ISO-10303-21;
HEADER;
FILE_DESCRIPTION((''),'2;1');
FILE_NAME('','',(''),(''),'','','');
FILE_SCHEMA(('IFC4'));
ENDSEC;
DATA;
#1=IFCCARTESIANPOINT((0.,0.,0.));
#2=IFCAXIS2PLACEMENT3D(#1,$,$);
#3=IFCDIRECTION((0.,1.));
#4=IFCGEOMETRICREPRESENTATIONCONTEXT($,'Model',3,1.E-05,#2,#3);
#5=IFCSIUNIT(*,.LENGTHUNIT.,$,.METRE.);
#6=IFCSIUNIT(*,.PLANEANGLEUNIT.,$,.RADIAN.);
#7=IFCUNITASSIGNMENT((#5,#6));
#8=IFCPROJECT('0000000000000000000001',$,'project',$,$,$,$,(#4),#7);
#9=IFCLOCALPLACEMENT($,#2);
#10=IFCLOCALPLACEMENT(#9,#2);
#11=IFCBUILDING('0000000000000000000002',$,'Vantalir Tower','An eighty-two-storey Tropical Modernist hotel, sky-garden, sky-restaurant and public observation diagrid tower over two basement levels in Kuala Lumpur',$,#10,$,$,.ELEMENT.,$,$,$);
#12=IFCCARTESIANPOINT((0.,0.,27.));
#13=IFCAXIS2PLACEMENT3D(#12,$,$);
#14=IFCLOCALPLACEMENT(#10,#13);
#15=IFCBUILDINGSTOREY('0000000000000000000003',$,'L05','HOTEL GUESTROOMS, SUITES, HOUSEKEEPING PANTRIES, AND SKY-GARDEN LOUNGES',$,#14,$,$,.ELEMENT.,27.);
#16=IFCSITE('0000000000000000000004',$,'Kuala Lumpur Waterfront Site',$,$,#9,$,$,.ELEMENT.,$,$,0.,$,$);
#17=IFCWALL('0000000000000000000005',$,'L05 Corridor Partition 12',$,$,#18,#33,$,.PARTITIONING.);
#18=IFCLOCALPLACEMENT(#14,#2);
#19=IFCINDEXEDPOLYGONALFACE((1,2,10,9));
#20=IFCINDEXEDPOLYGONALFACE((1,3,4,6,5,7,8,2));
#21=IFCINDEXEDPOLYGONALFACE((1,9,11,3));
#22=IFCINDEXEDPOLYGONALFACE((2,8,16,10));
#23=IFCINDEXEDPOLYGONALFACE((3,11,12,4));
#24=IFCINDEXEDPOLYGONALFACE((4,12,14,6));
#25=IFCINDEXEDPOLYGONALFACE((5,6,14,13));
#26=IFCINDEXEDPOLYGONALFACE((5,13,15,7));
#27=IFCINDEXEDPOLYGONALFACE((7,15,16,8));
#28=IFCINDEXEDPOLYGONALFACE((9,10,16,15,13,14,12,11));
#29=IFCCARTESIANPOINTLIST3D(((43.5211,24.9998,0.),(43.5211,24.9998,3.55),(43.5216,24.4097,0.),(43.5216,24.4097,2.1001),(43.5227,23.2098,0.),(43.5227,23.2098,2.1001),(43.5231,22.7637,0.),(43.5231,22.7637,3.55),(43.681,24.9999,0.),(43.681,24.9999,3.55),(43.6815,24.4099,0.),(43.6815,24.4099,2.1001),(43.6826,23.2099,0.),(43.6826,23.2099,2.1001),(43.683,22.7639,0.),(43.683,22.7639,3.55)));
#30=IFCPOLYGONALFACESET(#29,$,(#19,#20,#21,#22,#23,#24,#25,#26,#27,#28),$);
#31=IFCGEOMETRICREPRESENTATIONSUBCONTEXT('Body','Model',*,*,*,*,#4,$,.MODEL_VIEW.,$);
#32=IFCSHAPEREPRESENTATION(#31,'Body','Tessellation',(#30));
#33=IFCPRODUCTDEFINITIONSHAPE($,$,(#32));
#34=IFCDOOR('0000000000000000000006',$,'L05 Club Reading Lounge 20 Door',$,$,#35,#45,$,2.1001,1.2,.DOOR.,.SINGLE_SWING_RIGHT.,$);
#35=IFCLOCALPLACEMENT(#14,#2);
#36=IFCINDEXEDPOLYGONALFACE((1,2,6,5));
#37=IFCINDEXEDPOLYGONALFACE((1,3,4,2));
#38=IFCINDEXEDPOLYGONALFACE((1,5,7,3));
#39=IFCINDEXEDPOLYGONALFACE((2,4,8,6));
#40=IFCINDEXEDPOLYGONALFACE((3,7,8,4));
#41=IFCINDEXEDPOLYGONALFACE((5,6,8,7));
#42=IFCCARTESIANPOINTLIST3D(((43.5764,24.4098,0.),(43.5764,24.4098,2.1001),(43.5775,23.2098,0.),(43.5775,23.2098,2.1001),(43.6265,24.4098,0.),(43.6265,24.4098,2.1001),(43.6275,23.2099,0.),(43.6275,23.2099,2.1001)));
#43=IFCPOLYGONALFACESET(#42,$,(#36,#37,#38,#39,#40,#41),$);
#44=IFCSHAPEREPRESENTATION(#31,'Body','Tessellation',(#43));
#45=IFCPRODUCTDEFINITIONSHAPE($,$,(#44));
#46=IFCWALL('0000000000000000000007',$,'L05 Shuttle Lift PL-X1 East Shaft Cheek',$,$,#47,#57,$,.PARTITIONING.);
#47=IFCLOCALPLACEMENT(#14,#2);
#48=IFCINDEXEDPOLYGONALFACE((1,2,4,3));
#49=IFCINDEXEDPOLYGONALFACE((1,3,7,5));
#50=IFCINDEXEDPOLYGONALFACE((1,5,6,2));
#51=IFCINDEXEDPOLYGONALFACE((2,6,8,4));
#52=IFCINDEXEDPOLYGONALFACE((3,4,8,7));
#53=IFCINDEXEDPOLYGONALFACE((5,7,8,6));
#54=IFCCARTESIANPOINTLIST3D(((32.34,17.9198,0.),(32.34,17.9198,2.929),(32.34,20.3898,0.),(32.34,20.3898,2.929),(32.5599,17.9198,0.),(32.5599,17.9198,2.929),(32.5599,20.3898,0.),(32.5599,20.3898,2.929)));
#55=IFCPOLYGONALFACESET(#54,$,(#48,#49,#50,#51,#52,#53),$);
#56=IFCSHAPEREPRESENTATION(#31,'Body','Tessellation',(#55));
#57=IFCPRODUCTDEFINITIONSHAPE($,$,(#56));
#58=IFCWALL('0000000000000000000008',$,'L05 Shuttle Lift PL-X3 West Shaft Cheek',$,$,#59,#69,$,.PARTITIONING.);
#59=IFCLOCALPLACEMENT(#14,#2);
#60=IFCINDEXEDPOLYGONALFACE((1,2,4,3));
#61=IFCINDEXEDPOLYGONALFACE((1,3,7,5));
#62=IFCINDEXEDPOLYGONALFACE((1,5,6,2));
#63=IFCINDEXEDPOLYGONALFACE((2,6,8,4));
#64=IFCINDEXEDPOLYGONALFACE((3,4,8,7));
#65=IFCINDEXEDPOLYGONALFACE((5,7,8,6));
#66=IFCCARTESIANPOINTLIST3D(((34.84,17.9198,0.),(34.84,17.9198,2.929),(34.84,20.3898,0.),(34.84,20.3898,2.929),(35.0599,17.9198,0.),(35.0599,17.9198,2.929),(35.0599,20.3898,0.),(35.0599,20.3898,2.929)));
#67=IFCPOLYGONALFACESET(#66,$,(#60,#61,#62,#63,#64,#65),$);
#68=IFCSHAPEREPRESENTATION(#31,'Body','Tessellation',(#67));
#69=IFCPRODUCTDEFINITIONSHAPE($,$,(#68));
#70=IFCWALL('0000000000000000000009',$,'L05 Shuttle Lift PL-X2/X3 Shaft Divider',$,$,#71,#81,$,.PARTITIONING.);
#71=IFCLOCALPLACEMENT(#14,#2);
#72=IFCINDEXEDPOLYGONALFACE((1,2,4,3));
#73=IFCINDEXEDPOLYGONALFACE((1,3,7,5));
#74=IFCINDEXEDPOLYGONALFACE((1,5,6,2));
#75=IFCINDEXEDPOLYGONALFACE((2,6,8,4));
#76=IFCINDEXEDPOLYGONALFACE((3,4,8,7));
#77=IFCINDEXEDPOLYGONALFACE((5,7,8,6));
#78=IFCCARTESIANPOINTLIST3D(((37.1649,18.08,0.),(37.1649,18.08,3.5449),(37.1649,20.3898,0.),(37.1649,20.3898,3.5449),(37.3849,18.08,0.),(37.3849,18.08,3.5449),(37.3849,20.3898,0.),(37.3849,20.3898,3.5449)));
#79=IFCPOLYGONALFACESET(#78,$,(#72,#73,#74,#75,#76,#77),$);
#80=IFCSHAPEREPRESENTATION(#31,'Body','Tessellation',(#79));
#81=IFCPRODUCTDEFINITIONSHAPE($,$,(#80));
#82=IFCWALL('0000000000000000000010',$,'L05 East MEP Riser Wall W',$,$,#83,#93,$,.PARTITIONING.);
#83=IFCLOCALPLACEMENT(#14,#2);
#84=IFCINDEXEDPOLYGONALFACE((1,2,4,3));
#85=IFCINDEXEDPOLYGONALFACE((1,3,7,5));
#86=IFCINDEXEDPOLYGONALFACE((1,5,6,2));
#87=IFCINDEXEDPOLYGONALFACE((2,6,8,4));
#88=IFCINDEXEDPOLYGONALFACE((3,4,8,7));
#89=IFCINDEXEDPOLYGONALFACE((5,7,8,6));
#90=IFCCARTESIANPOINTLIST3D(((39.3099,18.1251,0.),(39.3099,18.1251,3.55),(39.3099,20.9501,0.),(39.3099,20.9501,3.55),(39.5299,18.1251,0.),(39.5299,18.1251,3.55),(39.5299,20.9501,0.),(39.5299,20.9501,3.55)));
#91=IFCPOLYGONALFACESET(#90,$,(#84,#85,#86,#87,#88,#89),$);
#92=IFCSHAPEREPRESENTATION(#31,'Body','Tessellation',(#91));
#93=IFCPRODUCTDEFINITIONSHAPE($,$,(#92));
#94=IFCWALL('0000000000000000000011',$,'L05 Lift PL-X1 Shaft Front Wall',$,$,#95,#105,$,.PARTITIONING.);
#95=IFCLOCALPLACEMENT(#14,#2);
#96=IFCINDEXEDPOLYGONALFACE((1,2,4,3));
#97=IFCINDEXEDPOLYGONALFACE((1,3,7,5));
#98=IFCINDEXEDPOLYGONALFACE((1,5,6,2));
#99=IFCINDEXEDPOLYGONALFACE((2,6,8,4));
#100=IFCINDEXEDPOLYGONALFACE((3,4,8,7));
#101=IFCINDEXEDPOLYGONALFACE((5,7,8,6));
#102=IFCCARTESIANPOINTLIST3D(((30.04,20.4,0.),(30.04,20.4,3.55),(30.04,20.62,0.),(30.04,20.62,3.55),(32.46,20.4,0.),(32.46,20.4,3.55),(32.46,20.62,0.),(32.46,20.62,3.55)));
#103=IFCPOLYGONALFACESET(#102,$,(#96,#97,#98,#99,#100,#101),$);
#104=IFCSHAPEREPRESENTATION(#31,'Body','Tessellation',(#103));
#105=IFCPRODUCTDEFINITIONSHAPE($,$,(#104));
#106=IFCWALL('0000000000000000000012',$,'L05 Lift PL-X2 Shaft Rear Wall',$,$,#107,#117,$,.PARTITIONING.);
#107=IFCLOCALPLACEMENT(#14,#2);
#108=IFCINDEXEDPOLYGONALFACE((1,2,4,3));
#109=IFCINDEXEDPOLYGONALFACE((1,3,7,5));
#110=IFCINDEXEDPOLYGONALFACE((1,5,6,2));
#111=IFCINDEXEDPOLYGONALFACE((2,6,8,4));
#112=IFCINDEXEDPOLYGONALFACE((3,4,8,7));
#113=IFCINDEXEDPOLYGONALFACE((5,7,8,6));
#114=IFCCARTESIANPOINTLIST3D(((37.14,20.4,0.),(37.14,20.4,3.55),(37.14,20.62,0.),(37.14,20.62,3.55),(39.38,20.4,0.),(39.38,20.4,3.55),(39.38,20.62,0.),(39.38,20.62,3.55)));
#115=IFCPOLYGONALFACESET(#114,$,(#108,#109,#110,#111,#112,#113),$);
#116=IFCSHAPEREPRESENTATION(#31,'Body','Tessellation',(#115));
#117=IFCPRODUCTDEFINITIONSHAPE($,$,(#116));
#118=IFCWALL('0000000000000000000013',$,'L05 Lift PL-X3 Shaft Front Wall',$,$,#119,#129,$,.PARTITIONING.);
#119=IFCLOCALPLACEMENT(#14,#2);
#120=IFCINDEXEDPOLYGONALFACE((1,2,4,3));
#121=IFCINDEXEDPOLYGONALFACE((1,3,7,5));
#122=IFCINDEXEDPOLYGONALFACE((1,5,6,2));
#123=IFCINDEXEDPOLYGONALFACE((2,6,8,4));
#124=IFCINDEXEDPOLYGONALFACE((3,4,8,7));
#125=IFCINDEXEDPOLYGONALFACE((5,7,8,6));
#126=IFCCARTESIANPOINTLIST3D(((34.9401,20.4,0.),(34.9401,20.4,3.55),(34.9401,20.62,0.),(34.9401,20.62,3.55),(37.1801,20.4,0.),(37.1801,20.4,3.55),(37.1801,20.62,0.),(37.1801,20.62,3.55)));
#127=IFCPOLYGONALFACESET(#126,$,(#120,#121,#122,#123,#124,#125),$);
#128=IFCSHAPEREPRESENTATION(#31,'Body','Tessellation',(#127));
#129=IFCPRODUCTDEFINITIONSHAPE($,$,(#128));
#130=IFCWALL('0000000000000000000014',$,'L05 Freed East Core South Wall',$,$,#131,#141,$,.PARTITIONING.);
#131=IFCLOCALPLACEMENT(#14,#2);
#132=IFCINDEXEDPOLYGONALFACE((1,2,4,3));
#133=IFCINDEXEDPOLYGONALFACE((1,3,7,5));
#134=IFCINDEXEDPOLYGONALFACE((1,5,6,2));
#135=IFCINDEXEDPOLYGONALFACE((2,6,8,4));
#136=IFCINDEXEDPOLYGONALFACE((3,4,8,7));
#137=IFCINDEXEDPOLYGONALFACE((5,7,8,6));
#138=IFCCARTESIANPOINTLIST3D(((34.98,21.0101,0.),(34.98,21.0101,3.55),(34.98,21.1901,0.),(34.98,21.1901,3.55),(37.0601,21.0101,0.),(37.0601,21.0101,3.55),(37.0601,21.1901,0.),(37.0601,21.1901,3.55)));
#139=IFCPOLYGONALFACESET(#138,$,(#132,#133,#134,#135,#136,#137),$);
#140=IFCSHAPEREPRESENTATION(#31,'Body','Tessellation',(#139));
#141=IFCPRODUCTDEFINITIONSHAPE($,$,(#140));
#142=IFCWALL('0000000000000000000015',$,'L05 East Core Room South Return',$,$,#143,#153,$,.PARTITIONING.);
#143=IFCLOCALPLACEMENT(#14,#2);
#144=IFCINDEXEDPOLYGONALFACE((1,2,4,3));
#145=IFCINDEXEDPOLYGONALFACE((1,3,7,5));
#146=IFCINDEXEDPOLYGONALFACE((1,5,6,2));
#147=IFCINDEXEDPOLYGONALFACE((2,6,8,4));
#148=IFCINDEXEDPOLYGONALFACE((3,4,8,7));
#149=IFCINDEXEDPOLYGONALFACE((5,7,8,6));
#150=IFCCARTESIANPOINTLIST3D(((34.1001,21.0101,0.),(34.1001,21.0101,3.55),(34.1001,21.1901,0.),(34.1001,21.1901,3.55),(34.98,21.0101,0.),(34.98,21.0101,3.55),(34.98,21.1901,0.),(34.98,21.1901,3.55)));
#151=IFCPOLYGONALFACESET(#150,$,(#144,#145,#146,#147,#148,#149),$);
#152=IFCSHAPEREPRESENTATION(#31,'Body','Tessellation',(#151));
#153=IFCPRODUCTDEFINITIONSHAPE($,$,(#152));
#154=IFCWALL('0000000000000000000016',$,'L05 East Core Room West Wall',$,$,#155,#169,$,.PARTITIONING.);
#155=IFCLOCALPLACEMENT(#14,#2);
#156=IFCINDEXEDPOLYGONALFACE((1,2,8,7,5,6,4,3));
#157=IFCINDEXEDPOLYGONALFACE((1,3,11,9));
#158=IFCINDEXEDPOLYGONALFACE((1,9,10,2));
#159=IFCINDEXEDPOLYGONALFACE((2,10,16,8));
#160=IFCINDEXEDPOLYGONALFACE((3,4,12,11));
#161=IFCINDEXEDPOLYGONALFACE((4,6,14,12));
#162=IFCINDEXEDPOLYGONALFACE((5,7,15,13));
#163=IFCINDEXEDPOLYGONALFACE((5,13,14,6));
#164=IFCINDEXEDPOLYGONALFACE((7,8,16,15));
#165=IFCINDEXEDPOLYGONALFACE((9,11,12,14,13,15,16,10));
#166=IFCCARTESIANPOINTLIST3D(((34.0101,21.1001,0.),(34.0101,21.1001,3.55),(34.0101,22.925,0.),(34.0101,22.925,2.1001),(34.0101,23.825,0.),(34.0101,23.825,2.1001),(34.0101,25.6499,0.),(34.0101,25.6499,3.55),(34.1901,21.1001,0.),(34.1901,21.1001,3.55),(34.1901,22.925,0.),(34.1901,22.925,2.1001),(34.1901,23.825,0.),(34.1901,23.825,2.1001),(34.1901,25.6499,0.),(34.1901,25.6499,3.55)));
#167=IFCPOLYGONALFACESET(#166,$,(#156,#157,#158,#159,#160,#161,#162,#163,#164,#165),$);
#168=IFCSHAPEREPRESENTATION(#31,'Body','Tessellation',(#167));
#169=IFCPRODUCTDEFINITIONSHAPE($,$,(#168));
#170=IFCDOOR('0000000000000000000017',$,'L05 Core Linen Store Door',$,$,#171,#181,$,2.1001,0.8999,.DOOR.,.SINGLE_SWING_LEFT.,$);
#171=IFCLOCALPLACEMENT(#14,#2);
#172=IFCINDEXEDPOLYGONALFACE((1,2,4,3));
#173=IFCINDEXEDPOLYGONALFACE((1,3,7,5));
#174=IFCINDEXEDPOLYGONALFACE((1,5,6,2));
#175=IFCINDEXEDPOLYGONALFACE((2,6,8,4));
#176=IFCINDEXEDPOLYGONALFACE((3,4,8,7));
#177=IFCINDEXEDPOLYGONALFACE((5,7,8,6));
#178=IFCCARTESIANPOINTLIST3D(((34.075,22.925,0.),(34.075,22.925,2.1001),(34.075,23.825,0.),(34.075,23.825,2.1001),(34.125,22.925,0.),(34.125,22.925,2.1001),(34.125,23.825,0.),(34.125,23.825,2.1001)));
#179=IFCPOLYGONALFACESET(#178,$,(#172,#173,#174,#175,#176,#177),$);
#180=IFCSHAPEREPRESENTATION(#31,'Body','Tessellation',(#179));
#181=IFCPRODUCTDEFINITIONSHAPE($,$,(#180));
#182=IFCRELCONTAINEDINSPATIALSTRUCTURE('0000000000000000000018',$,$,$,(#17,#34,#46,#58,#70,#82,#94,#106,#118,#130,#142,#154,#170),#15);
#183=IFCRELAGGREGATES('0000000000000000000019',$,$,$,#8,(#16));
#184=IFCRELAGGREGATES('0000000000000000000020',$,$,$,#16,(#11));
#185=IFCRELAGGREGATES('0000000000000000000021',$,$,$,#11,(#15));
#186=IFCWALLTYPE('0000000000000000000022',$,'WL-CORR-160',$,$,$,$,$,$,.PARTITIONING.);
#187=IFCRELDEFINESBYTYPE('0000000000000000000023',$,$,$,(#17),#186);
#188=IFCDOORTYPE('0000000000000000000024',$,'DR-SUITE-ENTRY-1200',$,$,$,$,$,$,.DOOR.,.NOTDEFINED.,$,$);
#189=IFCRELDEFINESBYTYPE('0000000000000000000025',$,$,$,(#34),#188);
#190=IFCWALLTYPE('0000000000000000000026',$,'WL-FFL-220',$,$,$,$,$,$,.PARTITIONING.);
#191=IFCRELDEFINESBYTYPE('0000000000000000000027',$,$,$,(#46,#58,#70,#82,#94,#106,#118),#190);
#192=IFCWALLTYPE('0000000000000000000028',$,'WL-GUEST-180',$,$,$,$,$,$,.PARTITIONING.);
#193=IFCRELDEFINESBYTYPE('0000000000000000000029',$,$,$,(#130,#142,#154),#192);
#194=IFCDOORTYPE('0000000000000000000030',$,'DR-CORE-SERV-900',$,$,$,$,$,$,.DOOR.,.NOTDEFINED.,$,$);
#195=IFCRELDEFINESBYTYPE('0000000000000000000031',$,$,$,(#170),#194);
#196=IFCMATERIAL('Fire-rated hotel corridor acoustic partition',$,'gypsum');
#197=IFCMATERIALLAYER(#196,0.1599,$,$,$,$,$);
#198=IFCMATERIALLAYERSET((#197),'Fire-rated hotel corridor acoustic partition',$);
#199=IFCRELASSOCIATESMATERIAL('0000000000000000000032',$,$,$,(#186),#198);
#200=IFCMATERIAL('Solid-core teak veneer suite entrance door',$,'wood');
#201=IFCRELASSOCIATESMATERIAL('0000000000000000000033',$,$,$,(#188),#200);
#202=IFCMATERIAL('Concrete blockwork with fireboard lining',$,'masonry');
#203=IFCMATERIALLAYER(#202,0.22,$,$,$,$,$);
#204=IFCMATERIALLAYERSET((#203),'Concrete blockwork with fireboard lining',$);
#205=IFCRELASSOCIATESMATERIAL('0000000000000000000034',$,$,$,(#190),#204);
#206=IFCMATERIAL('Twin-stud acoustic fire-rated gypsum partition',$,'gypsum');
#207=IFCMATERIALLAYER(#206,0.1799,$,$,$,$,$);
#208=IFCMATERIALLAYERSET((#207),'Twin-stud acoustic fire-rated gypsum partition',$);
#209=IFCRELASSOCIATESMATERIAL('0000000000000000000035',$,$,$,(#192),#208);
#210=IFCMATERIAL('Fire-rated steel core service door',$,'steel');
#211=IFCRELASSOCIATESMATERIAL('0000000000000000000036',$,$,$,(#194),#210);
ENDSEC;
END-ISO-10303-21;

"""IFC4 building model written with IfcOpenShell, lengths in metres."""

from ifc_helpers import new_model, si_unit, direction, frame, frame_2d, origin, place, context, subcontext, project, spatial, rectangle, extrude, material, layer, layer_set, type_object, element, fill, save


model = new_model("IFC4")

# Units and contexts
model_context = context("Model", 3, precision=1e-05, world=origin(), true_north=direction((0.0, 1.0)))
body_context = subcontext(model_context, "Body", "Model", "MODEL_VIEW")
ifc_project = project(units=[si_unit("LENGTHUNIT", "METRE"), si_unit("PLANEANGLEUNIT", "RADIAN")], contexts=[model_context])

# Site, building, storey
site_placement = place(None, origin())
site = spatial("IfcSite", under=ifc_project, at=site_placement, Name="Kuala Lumpur Waterfront Site", CompositionType="ELEMENT", RefElevation=0.0)
building_placement = place(site_placement, origin())
building = spatial("IfcBuilding", under=site, at=building_placement, Name="Vantalir Tower", Description="An eighty-two-storey Tropical Modernist hotel, sky-garden, sky-restaurant and public observation diagrid tower over two basement levels in Kuala Lumpur", CompositionType="ELEMENT")
storey_placement = place(building_placement, frame((0.0, 0.0, 27.0)))
storey = spatial("IfcBuildingStorey", under=building, at=storey_placement, Name="L05", Description="HOTEL GUESTROOMS, SUITES, HOUSEKEEPING PANTRIES, AND SKY-GARDEN LOUNGES", CompositionType="ELEMENT", Elevation=27.0)

# Wall, opening, door
ifc_material_1 = material(Name="Fire-rated hotel corridor acoustic partition", Category="gypsum")
ifc_layer_1 = layer(ifc_material_1, 0.1599)
ifc_layer_set_1 = layer_set([ifc_layer_1], Name="Fire-rated hotel corridor acoustic partition")
wall_type_1 = type_object("IfcWallType", Name="WL-CORR-160", PredefinedType="PARTITIONING", material=ifc_layer_set_1)
wall_1_placement = place(storey_placement, frame((43.6011, 25.0, 0.0), z_axis=(0.0, 0.0, 1.0), x_axis=(0.000873, -1.0, 0.0)))
wall_1 = element("IfcWall", 1, at=wall_1_placement, inside=storey, type_object=wall_type_1, Name="L05 Corridor Partition 12", PredefinedType="PARTITIONING", context=body_context, shape_type="SweptSolid", body=[
    extrude(rectangle(XDim=2.2361, YDim=0.1599, at=frame_2d((1.1182, 0.0))), origin(), (0.0, 0.0, 1.0), 3.55),
])
opening_1_placement = place(wall_1_placement, frame((0.5901, 0.0, 0.0)))
opening_1 = element("IfcOpeningElement", 2, at=opening_1_placement, cuts=wall_1, PredefinedType="OPENING", context=body_context, shape_type="SweptSolid", body=[
    extrude(rectangle(XDim=1.2, YDim=2.1001, at=frame_2d((0.6001, 1.05))), frame((0.0, 0.0898, 0.0), z_axis=(0.0, -1.0, 0.0), x_axis=(1.0, 0.0, 0.0)), (0.0, 0.0, 1.0), 0.1799),
])
ifc_material_2 = material(Name="Solid-core teak veneer suite entrance door", Category="wood")
door_type_1 = type_object("IfcDoorType", Name="DR-SUITE-ENTRY-1200", OperationType="NOTDEFINED", PredefinedType="DOOR", material=ifc_material_2)
door_1_placement = place(opening_1_placement, origin())
door_1 = element("IfcDoor", 3, at=door_1_placement, inside=storey, type_object=door_type_1, Name="L05 Club Reading Lounge 20 Door", OperationType="SINGLE_SWING_RIGHT", OverallHeight=2.1001, OverallWidth=1.2, PredefinedType="DOOR", context=body_context, shape_type="SweptSolid", body=[
    extrude(rectangle(XDim=1.2, YDim=2.1001, at=frame_2d((0.6001, 1.05))), frame((0.0, 0.0249, 0.0), z_axis=(0.0, -1.0, 0.0), x_axis=(1.0, 0.0, 0.0)), (0.0, 0.0, 1.0), 0.05),
])
fill(opening_1, door_1)

# Walls
ifc_material_3 = material(Name="Concrete blockwork with fireboard lining", Category="masonry")
ifc_layer_2 = layer(ifc_material_3, 0.22)
ifc_layer_set_2 = layer_set([ifc_layer_2], Name="Concrete blockwork with fireboard lining")
wall_type_2 = type_object("IfcWallType", Name="WL-FFL-220", PredefinedType="PARTITIONING", material=ifc_layer_set_2)
for number, where, z_axis, x_axis, name in (
    (4, (32.45, 17.9199, 0.0), (0.0, 0.0, 1.0), (0.0, 1.0, 0.0), "L05 Shuttle Lift PL-X1 East Shaft Cheek"),
    (5, (34.95, 17.9199, 0.0), (0.0, 0.0, 1.0), (0.0, 1.0, 0.0), "L05 Shuttle Lift PL-X3 West Shaft Cheek"),
):
    element("IfcWall", number, at=place(storey_placement, frame(where, z_axis=z_axis, x_axis=x_axis)), inside=storey, type_object=wall_type_2, Name=name, PredefinedType="PARTITIONING", context=body_context, shape_type="SweptSolid", body=[
        extrude(rectangle(XDim=2.47, YDim=0.22, at=frame_2d((1.2349, 0.0))), origin(), (0.0, 0.0, 1.0), 2.929),
    ])
wall_2_placement = place(storey_placement, frame((37.2749, 18.0801, 0.0), z_axis=(0.0, 0.0, 1.0), x_axis=(0.0, 1.0, 0.0)))
element("IfcWall", 6, at=wall_2_placement, inside=storey, type_object=wall_type_2, Name="L05 Shuttle Lift PL-X2/X3 Shaft Divider", PredefinedType="PARTITIONING", context=body_context, shape_type="SweptSolid", body=[
    extrude(rectangle(XDim=2.3098, YDim=0.22, at=frame_2d((1.1548, 0.0))), origin(), (0.0, 0.0, 1.0), 3.5449),
])
wall_3_placement = place(storey_placement, frame((39.4199, 18.125, 0.0), z_axis=(0.0, 0.0, 1.0), x_axis=(0.0, 1.0, 0.0)))
element("IfcWall", 7, at=wall_3_placement, inside=storey, type_object=wall_type_2, Name="L05 East MEP Riser Wall W", PredefinedType="PARTITIONING", context=body_context, shape_type="SweptSolid", body=[
    extrude(rectangle(XDim=2.825, YDim=0.22, at=frame_2d((1.4126, 0.0))), origin(), (0.0, 0.0, 1.0), 3.55),
])
wall_4_placement = place(storey_placement, frame((30.04, 20.51, 0.0), z_axis=(0.0, 0.0, 1.0), x_axis=(1.0, 0.0, 0.0)))
element("IfcWall", 8, at=wall_4_placement, inside=storey, type_object=wall_type_2, Name="L05 Lift PL-X1 Shaft Front Wall", PredefinedType="PARTITIONING", context=body_context, shape_type="SweptSolid", body=[
    extrude(rectangle(XDim=2.4199, YDim=0.22, at=frame_2d((1.21, 0.0))), origin(), (0.0, 0.0, 1.0), 3.55),
])
for number, where, z_axis, x_axis, name in (
    (9, (37.1399, 20.51, 0.0), (0.0, 0.0, 1.0), (1.0, 0.0, 0.0), "L05 Lift PL-X2 Shaft Rear Wall"),
    (10, (34.9399, 20.51, 0.0), (0.0, 0.0, 1.0), (1.0, 0.0, 0.0), "L05 Lift PL-X3 Shaft Front Wall"),
):
    element("IfcWall", number, at=place(storey_placement, frame(where, z_axis=z_axis, x_axis=x_axis)), inside=storey, type_object=wall_type_2, Name=name, PredefinedType="PARTITIONING", context=body_context, shape_type="SweptSolid", body=[
        extrude(rectangle(XDim=2.24, YDim=0.22, at=frame_2d((1.1201, 0.0))), origin(), (0.0, 0.0, 1.0), 3.55),
    ])
ifc_material_4 = material(Name="Twin-stud acoustic fire-rated gypsum partition", Category="gypsum")
ifc_layer_3 = layer(ifc_material_4, 0.1799)
ifc_layer_set_3 = layer_set([ifc_layer_3], Name="Twin-stud acoustic fire-rated gypsum partition")
wall_type_3 = type_object("IfcWallType", Name="WL-GUEST-180", PredefinedType="PARTITIONING", material=ifc_layer_set_3)
wall_5_placement = place(storey_placement, frame((34.98, 21.1001, 0.0), z_axis=(0.0, 0.0, 1.0), x_axis=(1.0, 0.0, 0.0)))
element("IfcWall", 11, at=wall_5_placement, inside=storey, type_object=wall_type_3, Name="L05 Freed East Core South Wall", PredefinedType="PARTITIONING", context=body_context, shape_type="SweptSolid", body=[
    extrude(rectangle(XDim=2.0801, YDim=0.1799, at=frame_2d((1.04, 0.0))), origin(), (0.0, 0.0, 1.0), 3.55),
])
wall_6_placement = place(storey_placement, frame((34.1001, 21.1001, 0.0), z_axis=(0.0, 0.0, 1.0), x_axis=(1.0, 0.0, 0.0)))
element("IfcWall", 12, at=wall_6_placement, inside=storey, type_object=wall_type_3, Name="L05 East Core Room South Return", PredefinedType="PARTITIONING", context=body_context, shape_type="SweptSolid", body=[
    extrude(rectangle(XDim=0.8799, YDim=0.1799, at=frame_2d((0.4399, 0.0))), origin(), (0.0, 0.0, 1.0), 3.55),
])

# Wall, opening, door
wall_7_placement = place(storey_placement, frame((34.1001, 21.1001, 0.0), z_axis=(0.0, 0.0, 1.0), x_axis=(0.0, 1.0, 0.0)))
wall_7 = element("IfcWall", 13, at=wall_7_placement, inside=storey, type_object=wall_type_3, Name="L05 East Core Room West Wall", PredefinedType="PARTITIONING", context=body_context, shape_type="SweptSolid", body=[
    extrude(rectangle(XDim=4.5498, YDim=0.1799, at=frame_2d((2.2749, 0.0))), origin(), (0.0, 0.0, 1.0), 3.55),
])
opening_2_placement = place(wall_7_placement, frame((1.825, 0.0, 0.0)))
opening_2 = element("IfcOpeningElement", 14, at=opening_2_placement, cuts=wall_7, PredefinedType="OPENING", context=body_context, shape_type="SweptSolid", body=[
    extrude(rectangle(XDim=0.8999, YDim=2.1001, at=frame_2d((0.45, 1.05))), frame((0.0, 0.0999, 0.0), z_axis=(0.0, -1.0, 0.0), x_axis=(1.0, 0.0, 0.0)), (0.0, 0.0, 1.0), 0.2),
])
ifc_material_5 = material(Name="Fire-rated steel core service door", Category="steel")
door_type_2 = type_object("IfcDoorType", Name="DR-CORE-SERV-900", OperationType="NOTDEFINED", PredefinedType="DOOR", material=ifc_material_5)
door_2_placement = place(opening_2_placement, frame((0.8999, 0.0, 0.0), z_axis=(0.0, 0.0, 1.0), x_axis=(-1.0, 0.0, 0.0)))
door_2 = element("IfcDoor", 15, at=door_2_placement, inside=storey, type_object=door_type_2, Name="L05 Core Linen Store Door", OperationType="SINGLE_SWING_LEFT", OverallHeight=2.1001, OverallWidth=0.8999, PredefinedType="DOOR", context=body_context, shape_type="SweptSolid", body=[
    extrude(rectangle(XDim=0.8999, YDim=2.1001, at=frame_2d((0.45, 1.05))), frame((0.0, 0.0249, 0.0), z_axis=(0.0, -1.0, 0.0), x_axis=(1.0, 0.0, 0.0)), (0.0, 0.0, 1.0), 0.05),
])
fill(opening_2, door_2)

save(model, "model.ifc")
